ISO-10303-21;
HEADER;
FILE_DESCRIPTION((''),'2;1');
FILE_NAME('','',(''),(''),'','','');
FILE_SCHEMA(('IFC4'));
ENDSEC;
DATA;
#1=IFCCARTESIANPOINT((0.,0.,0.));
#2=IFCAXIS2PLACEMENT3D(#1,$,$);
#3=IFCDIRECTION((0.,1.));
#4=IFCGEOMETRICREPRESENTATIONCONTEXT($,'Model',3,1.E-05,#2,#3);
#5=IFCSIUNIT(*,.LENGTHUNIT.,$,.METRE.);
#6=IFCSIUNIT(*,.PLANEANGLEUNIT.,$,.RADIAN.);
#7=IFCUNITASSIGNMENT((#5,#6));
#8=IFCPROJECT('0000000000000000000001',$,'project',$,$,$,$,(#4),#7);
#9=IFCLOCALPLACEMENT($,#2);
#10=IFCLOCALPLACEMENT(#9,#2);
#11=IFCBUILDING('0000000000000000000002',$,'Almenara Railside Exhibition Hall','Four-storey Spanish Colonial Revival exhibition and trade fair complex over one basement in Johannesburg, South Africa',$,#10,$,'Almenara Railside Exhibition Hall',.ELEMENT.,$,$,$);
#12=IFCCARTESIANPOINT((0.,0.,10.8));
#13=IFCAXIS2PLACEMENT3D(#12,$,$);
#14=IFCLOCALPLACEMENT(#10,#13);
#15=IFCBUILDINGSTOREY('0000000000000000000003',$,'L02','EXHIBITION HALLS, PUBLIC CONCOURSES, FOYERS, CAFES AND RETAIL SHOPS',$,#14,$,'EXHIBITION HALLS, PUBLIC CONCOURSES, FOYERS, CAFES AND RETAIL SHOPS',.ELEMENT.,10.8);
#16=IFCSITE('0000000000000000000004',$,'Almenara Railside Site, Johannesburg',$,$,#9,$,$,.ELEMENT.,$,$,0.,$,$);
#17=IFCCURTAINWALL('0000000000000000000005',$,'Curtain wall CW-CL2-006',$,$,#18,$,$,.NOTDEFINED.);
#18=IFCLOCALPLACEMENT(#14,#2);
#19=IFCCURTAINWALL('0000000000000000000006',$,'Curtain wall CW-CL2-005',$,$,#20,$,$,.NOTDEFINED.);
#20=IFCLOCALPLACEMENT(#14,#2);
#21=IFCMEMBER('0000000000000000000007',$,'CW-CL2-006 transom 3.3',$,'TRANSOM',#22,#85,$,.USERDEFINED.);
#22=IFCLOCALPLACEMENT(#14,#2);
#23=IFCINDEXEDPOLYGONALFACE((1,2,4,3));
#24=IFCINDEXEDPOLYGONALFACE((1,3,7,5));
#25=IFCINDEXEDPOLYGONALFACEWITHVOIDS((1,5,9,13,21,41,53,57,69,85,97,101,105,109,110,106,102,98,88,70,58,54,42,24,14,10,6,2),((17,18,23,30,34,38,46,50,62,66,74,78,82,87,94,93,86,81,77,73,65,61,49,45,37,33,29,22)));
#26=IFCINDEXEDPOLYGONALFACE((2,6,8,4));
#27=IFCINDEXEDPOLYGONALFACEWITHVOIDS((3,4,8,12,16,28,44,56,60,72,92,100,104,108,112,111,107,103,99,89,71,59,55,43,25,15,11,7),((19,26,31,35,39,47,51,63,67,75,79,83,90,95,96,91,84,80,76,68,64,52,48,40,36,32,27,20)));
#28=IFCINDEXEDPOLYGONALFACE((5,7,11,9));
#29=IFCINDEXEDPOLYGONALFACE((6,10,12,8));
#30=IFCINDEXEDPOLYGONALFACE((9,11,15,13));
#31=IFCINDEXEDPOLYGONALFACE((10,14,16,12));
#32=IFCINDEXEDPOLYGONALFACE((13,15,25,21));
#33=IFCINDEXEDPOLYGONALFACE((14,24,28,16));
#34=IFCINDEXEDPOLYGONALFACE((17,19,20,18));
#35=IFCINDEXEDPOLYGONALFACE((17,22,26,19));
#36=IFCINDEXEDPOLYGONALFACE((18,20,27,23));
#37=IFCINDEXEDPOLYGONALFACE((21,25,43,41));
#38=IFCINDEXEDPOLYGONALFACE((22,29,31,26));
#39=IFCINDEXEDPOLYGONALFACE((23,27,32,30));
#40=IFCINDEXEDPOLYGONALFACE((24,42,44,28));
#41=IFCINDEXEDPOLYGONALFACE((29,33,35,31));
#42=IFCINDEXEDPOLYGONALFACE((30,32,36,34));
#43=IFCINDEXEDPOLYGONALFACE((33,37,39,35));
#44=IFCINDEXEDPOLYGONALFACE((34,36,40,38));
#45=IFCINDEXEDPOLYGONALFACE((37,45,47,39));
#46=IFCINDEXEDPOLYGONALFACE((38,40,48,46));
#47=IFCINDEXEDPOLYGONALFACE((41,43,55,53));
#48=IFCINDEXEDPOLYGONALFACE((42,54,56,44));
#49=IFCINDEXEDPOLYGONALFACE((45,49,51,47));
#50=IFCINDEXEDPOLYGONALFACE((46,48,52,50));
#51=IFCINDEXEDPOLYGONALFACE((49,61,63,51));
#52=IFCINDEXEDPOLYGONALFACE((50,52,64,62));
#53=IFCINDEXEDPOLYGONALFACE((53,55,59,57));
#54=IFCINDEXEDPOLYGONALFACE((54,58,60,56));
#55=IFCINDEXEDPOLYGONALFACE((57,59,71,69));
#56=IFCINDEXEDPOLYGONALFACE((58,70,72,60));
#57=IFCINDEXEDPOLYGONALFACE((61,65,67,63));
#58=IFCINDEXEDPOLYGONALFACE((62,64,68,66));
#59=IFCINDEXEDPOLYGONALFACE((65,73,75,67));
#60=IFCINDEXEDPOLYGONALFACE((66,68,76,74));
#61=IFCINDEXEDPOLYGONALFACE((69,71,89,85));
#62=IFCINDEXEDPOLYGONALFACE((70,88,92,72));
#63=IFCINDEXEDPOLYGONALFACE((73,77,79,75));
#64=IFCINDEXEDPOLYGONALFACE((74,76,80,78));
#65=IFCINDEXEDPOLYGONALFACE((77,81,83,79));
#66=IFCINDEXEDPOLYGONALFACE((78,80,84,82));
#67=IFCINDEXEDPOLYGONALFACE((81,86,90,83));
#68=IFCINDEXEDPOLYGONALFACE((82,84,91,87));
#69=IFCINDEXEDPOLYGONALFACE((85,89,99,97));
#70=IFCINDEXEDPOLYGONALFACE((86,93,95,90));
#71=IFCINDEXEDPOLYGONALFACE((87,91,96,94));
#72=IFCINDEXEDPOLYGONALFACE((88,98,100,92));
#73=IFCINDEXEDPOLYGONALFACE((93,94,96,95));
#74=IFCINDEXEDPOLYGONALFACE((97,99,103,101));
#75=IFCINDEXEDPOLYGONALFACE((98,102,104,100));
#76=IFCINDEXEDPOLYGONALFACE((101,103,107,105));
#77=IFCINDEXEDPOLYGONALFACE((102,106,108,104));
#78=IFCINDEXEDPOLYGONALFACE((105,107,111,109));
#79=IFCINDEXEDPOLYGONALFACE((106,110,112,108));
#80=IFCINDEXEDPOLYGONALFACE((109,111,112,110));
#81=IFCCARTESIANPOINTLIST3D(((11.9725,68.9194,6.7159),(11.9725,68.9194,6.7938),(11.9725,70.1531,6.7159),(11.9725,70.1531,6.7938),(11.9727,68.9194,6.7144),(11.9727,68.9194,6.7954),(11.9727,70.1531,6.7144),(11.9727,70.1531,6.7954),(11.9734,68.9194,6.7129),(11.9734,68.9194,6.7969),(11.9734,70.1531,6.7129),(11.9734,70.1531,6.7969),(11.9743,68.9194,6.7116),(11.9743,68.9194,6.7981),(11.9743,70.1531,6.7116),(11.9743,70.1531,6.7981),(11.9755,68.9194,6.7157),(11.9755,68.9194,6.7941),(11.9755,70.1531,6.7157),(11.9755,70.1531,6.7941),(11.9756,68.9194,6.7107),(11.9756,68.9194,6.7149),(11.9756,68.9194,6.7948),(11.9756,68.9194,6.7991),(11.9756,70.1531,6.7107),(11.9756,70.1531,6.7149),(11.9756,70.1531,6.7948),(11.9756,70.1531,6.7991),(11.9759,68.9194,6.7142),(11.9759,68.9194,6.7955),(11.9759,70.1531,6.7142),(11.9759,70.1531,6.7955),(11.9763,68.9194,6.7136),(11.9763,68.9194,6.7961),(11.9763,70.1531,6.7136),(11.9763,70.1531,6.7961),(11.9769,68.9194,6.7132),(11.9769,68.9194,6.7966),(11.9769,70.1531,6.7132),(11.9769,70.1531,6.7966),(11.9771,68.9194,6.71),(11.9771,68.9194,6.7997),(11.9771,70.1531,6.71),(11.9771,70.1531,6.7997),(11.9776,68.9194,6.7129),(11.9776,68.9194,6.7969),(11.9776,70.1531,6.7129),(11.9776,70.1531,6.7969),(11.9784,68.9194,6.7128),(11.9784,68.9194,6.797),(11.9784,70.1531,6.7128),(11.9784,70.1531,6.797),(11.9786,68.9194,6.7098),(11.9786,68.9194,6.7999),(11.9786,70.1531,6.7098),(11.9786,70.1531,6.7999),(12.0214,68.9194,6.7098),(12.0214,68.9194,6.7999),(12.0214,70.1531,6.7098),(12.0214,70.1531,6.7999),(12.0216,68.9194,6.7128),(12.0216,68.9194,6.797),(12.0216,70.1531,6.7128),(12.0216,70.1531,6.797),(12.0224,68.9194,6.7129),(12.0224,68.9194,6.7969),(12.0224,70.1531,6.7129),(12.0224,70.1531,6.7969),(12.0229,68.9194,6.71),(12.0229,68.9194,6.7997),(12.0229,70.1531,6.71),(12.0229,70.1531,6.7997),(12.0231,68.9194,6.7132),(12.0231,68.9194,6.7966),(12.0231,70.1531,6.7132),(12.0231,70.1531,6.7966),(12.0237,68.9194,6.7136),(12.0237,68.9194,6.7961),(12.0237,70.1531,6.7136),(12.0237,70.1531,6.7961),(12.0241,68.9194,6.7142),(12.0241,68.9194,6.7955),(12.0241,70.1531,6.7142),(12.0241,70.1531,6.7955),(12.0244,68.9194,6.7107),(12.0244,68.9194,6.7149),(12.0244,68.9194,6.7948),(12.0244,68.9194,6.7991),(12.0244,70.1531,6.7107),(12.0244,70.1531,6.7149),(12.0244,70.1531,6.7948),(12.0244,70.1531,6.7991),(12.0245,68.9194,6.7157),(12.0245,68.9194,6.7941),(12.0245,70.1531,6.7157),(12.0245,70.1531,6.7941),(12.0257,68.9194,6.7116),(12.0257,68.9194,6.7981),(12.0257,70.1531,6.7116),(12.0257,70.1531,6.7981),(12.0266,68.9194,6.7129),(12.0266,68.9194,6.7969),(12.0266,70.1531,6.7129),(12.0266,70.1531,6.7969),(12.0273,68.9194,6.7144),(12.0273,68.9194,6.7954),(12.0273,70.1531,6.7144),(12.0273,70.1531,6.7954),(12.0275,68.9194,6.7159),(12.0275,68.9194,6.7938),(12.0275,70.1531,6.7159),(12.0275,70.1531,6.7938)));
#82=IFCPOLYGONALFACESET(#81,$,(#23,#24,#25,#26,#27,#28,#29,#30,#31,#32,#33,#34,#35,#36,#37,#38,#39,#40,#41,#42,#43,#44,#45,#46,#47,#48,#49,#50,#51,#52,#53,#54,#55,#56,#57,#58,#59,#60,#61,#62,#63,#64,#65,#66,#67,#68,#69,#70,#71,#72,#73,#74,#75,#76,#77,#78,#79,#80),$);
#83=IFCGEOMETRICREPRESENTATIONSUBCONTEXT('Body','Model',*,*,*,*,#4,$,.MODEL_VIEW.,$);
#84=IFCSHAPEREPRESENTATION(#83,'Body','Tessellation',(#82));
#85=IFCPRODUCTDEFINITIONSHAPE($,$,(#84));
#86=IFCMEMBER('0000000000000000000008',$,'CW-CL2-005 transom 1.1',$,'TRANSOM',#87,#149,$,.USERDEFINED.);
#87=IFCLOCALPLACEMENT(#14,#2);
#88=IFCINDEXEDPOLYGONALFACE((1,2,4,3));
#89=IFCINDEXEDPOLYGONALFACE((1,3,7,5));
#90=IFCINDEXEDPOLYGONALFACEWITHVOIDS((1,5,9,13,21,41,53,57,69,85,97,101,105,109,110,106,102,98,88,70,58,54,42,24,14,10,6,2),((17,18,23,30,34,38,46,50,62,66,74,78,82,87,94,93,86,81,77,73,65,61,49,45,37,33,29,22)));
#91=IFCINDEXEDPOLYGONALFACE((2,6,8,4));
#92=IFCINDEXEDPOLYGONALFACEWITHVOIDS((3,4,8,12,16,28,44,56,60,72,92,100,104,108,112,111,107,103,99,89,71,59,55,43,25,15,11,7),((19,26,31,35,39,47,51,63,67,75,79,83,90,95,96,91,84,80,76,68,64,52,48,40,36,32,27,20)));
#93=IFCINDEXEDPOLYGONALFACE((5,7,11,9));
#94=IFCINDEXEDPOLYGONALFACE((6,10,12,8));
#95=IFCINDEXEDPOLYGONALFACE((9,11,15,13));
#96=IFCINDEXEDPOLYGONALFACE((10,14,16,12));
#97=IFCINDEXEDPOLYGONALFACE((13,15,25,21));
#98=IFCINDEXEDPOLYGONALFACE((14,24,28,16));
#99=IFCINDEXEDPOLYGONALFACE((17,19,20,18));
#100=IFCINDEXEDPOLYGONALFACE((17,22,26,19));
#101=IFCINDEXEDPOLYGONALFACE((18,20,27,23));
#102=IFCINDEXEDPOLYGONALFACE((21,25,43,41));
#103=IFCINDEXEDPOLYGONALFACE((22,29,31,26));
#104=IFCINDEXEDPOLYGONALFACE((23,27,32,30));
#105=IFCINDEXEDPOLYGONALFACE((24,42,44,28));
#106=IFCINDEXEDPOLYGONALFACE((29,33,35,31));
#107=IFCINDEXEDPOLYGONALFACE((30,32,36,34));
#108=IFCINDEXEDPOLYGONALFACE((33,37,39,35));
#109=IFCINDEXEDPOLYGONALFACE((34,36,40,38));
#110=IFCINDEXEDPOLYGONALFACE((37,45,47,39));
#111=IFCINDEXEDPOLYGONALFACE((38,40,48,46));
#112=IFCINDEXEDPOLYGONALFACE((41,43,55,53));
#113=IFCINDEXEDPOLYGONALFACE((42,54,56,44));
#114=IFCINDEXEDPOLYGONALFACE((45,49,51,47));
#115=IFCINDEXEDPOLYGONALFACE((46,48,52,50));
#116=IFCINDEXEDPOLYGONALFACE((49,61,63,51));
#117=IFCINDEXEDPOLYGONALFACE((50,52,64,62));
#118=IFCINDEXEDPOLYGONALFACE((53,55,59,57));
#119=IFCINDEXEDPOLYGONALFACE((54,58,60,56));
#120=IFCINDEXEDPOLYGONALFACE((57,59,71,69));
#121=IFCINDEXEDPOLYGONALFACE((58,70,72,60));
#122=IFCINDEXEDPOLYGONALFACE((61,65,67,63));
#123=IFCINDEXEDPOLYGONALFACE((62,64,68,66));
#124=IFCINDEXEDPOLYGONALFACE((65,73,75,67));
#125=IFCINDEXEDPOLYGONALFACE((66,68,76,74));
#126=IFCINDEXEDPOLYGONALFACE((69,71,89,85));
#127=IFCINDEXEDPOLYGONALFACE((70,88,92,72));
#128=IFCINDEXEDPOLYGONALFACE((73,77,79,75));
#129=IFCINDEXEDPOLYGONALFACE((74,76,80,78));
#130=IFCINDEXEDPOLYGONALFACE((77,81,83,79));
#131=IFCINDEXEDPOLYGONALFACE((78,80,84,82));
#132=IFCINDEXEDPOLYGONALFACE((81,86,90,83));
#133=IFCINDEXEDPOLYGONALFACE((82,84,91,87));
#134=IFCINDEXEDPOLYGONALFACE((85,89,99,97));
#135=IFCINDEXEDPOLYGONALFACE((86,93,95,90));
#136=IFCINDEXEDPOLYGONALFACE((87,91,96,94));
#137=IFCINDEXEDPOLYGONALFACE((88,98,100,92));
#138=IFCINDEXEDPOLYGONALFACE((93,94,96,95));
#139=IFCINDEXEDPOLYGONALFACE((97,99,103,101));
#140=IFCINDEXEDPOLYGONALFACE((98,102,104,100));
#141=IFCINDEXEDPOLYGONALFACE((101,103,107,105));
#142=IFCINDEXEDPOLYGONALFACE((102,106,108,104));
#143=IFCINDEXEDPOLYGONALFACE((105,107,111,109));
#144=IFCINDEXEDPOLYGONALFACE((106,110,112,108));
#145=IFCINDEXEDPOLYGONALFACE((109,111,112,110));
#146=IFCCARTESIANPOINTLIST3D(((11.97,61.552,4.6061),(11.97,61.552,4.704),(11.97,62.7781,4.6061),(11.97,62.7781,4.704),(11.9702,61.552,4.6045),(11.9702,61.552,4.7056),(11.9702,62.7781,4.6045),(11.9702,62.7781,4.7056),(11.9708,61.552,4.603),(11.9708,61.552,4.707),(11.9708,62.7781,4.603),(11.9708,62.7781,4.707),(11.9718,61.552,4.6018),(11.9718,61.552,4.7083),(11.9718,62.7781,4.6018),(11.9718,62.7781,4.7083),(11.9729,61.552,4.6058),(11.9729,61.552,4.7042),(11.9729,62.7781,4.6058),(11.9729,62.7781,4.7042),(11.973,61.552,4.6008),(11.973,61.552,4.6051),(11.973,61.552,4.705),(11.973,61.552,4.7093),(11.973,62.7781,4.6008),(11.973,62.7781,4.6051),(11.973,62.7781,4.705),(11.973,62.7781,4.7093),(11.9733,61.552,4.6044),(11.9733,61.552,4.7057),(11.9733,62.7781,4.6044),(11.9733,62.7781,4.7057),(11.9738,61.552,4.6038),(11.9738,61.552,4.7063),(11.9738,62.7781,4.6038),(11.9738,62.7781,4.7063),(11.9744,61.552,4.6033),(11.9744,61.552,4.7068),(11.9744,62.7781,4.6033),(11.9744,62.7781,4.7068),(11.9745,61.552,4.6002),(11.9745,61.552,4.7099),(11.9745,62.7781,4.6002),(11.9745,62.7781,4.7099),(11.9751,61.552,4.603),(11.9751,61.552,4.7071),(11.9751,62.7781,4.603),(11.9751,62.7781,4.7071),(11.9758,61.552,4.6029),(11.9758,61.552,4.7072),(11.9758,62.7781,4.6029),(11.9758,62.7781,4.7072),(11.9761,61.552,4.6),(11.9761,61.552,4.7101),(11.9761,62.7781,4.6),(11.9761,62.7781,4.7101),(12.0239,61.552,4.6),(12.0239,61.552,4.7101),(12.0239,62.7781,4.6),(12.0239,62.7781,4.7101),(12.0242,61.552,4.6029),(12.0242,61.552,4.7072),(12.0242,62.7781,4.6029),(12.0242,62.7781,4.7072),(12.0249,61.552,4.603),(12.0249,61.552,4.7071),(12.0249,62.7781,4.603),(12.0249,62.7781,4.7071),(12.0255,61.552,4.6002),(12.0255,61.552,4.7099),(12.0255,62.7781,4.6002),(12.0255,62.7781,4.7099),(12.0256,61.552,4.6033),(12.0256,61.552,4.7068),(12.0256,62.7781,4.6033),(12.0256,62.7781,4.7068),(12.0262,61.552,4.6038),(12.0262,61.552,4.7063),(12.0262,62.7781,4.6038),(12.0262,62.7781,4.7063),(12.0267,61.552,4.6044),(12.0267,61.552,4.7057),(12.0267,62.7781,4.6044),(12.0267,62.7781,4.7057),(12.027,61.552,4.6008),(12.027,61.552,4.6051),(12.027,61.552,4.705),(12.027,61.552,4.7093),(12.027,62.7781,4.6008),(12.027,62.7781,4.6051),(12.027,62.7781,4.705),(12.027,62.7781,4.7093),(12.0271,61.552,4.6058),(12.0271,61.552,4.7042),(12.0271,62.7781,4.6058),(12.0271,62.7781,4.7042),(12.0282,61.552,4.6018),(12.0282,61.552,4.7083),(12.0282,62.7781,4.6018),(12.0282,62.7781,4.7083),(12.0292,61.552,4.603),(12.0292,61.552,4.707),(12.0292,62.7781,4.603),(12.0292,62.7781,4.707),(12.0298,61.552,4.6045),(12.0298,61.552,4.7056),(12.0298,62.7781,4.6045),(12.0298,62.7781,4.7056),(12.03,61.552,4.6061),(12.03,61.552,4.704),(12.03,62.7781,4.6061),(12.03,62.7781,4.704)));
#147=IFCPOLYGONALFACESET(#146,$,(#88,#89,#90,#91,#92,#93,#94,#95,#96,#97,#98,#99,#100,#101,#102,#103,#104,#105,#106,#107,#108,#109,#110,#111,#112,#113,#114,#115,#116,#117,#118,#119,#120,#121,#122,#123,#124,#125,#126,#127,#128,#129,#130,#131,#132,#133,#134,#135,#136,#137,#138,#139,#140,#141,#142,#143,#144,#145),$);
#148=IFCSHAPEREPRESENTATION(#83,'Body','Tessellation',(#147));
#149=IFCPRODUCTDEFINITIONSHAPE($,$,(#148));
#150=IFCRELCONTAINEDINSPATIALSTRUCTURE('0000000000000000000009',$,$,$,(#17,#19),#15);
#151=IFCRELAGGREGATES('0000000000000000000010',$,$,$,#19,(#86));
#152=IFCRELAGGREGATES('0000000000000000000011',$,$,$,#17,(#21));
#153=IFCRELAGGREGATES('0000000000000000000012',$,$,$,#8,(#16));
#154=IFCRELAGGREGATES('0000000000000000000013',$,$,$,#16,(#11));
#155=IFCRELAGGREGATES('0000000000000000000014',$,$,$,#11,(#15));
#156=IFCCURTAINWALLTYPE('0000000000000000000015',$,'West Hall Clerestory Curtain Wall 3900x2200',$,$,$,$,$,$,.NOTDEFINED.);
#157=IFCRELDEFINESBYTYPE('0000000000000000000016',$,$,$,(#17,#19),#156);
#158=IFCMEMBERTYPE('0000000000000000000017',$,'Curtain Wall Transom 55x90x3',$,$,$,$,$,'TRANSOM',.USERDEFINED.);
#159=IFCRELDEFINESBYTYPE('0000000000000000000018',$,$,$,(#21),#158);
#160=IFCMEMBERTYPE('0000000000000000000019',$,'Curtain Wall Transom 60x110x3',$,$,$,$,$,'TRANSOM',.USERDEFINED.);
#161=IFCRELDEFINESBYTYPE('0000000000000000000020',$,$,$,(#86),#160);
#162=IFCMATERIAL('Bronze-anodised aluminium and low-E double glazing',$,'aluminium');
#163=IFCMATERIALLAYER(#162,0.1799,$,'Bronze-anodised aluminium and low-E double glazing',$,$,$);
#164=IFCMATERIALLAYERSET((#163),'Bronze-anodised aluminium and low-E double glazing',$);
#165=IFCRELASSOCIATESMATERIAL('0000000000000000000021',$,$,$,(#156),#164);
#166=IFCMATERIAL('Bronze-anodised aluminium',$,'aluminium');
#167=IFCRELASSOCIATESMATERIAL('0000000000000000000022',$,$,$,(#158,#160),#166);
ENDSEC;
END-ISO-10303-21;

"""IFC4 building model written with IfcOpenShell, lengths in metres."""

from ifc_helpers import new_model, si_unit, direction, frame, origin, origin_2d, place, context, subcontext, project, spatial, hollow_rectangle, extrude, material, layer, layer_set, material_profile, profile_set, type_object, element, aggregate, save


model = new_model("IFC4")

# Units and contexts
model_context = context("Model", 3, precision=1e-05, world=origin(), true_north=direction((0.0, 1.0)))
body_context = subcontext(model_context, "Body", "Model", "MODEL_VIEW")
ifc_project = project(units=[si_unit("LENGTHUNIT", "METRE"), si_unit("PLANEANGLEUNIT", "RADIAN")], contexts=[model_context])

# Site, building, storey
site_placement = place(None, origin())
site = spatial("IfcSite", under=ifc_project, at=site_placement, Name="Almenara Railside Site, Johannesburg", CompositionType="ELEMENT", RefElevation=0.0)
building_placement = place(site_placement, origin())
building = spatial("IfcBuilding", under=site, at=building_placement, Name="Almenara Railside Exhibition Hall", Description="Four-storey Spanish Colonial Revival exhibition and trade fair complex over one basement in Johannesburg, South Africa", LongName="Almenara Railside Exhibition Hall", CompositionType="ELEMENT")
storey_placement = place(building_placement, frame((0.0, 0.0, 10.8)))
storey = spatial("IfcBuildingStorey", under=building, at=storey_placement, Name="L02", Description="EXHIBITION HALLS, PUBLIC CONCOURSES, FOYERS, CAFES AND RETAIL SHOPS", LongName="EXHIBITION HALLS, PUBLIC CONCOURSES, FOYERS, CAFES AND RETAIL SHOPS", CompositionType="ELEMENT", Elevation=10.8)

# Curtain walls
ifc_material_1 = material(Name="Bronze-anodised aluminium and low-E double glazing", Category="aluminium")
ifc_layer_1 = layer(ifc_material_1, 0.1799, Name="Bronze-anodised aluminium and low-E double glazing")
ifc_layer_set_1 = layer_set([ifc_layer_1], Name="Bronze-anodised aluminium and low-E double glazing")
curtain_wall_type = type_object("IfcCurtainWallType", Name="West Hall Clerestory Curtain Wall 3900x2200", PredefinedType="NOTDEFINED", material=ifc_layer_set_1)
curtain_wall_1_placement = place(storey_placement, origin())
curtain_wall_1 = element("IfcCurtainWall", 1, at=curtain_wall_1_placement, inside=storey, type_object=curtain_wall_type, Name="Curtain wall CW-CL2-006", PredefinedType="NOTDEFINED")
ifc_material_2 = material(Name="Bronze-anodised aluminium", Category="aluminium")
curtain_wall_2_placement = place(storey_placement, origin())
curtain_wall_2 = element("IfcCurtainWall", 2, at=curtain_wall_2_placement, inside=storey, type_object=curtain_wall_type, Name="Curtain wall CW-CL2-005", PredefinedType="NOTDEFINED")

# Members
ifc_material_profile_1 = material_profile(ifc_material_2, hollow_rectangle(XDim=0.0549, YDim=0.0901, WallThickness=0.0029, InnerFilletRadius=0.0029, OuterFilletRadius=0.0061, at=origin_2d()), Name="ALU-TRN 55x90x3")
ifc_profile_set_1 = profile_set([ifc_material_profile_1], Name="Bronze-anodised aluminium")
member_type_1 = type_object("IfcMemberType", Name="Curtain Wall Transom 55x90x3", ElementType="TRANSOM", PredefinedType="USERDEFINED", material=ifc_profile_set_1)
member_1_placement = place(storey_placement, frame((12.0, 68.9194, 6.7549), z_axis=(0.0, 1.0, 0.0), x_axis=(-1.0, 0.0, 0.0)))
member_1 = element("IfcMember", 3, at=member_1_placement, type_object=member_type_1, Name="CW-CL2-006 transom 3.3", ObjectType="TRANSOM", PredefinedType="USERDEFINED", context=body_context, shape_type="SweptSolid", body=[
    extrude(hollow_rectangle(XDim=0.0549, YDim=0.0901, WallThickness=0.0029, InnerFilletRadius=0.0029, OuterFilletRadius=0.0061, at=origin_2d()), origin(), (0.0, 0.0, 1.0), 1.2336),
])
ifc_material_profile_2 = material_profile(ifc_material_2, hollow_rectangle(XDim=0.0601, YDim=0.1101, WallThickness=0.0029, InnerFilletRadius=0.0029, OuterFilletRadius=0.0061, at=origin_2d()), Name="ALU-TRN 60x110x3")
ifc_profile_set_2 = profile_set([ifc_material_profile_2], Name="Bronze-anodised aluminium")
member_type_2 = type_object("IfcMemberType", Name="Curtain Wall Transom 60x110x3", ElementType="TRANSOM", PredefinedType="USERDEFINED", material=ifc_profile_set_2)
member_2_placement = place(storey_placement, frame((12.0, 61.552, 4.655), z_axis=(0.0, 1.0, 0.0), x_axis=(-1.0, 0.0, 0.0)))
member_2 = element("IfcMember", 4, at=member_2_placement, type_object=member_type_2, Name="CW-CL2-005 transom 1.1", ObjectType="TRANSOM", PredefinedType="USERDEFINED", context=body_context, shape_type="SweptSolid", body=[
    extrude(hollow_rectangle(XDim=0.0601, YDim=0.1101, WallThickness=0.0029, InnerFilletRadius=0.0029, OuterFilletRadius=0.0061, at=origin_2d()), origin(), (0.0, 0.0, 1.0), 1.2261),
])

aggregate(curtain_wall_2, [member_2])
aggregate(curtain_wall_1, [member_1])

save(model, "model.ifc")
